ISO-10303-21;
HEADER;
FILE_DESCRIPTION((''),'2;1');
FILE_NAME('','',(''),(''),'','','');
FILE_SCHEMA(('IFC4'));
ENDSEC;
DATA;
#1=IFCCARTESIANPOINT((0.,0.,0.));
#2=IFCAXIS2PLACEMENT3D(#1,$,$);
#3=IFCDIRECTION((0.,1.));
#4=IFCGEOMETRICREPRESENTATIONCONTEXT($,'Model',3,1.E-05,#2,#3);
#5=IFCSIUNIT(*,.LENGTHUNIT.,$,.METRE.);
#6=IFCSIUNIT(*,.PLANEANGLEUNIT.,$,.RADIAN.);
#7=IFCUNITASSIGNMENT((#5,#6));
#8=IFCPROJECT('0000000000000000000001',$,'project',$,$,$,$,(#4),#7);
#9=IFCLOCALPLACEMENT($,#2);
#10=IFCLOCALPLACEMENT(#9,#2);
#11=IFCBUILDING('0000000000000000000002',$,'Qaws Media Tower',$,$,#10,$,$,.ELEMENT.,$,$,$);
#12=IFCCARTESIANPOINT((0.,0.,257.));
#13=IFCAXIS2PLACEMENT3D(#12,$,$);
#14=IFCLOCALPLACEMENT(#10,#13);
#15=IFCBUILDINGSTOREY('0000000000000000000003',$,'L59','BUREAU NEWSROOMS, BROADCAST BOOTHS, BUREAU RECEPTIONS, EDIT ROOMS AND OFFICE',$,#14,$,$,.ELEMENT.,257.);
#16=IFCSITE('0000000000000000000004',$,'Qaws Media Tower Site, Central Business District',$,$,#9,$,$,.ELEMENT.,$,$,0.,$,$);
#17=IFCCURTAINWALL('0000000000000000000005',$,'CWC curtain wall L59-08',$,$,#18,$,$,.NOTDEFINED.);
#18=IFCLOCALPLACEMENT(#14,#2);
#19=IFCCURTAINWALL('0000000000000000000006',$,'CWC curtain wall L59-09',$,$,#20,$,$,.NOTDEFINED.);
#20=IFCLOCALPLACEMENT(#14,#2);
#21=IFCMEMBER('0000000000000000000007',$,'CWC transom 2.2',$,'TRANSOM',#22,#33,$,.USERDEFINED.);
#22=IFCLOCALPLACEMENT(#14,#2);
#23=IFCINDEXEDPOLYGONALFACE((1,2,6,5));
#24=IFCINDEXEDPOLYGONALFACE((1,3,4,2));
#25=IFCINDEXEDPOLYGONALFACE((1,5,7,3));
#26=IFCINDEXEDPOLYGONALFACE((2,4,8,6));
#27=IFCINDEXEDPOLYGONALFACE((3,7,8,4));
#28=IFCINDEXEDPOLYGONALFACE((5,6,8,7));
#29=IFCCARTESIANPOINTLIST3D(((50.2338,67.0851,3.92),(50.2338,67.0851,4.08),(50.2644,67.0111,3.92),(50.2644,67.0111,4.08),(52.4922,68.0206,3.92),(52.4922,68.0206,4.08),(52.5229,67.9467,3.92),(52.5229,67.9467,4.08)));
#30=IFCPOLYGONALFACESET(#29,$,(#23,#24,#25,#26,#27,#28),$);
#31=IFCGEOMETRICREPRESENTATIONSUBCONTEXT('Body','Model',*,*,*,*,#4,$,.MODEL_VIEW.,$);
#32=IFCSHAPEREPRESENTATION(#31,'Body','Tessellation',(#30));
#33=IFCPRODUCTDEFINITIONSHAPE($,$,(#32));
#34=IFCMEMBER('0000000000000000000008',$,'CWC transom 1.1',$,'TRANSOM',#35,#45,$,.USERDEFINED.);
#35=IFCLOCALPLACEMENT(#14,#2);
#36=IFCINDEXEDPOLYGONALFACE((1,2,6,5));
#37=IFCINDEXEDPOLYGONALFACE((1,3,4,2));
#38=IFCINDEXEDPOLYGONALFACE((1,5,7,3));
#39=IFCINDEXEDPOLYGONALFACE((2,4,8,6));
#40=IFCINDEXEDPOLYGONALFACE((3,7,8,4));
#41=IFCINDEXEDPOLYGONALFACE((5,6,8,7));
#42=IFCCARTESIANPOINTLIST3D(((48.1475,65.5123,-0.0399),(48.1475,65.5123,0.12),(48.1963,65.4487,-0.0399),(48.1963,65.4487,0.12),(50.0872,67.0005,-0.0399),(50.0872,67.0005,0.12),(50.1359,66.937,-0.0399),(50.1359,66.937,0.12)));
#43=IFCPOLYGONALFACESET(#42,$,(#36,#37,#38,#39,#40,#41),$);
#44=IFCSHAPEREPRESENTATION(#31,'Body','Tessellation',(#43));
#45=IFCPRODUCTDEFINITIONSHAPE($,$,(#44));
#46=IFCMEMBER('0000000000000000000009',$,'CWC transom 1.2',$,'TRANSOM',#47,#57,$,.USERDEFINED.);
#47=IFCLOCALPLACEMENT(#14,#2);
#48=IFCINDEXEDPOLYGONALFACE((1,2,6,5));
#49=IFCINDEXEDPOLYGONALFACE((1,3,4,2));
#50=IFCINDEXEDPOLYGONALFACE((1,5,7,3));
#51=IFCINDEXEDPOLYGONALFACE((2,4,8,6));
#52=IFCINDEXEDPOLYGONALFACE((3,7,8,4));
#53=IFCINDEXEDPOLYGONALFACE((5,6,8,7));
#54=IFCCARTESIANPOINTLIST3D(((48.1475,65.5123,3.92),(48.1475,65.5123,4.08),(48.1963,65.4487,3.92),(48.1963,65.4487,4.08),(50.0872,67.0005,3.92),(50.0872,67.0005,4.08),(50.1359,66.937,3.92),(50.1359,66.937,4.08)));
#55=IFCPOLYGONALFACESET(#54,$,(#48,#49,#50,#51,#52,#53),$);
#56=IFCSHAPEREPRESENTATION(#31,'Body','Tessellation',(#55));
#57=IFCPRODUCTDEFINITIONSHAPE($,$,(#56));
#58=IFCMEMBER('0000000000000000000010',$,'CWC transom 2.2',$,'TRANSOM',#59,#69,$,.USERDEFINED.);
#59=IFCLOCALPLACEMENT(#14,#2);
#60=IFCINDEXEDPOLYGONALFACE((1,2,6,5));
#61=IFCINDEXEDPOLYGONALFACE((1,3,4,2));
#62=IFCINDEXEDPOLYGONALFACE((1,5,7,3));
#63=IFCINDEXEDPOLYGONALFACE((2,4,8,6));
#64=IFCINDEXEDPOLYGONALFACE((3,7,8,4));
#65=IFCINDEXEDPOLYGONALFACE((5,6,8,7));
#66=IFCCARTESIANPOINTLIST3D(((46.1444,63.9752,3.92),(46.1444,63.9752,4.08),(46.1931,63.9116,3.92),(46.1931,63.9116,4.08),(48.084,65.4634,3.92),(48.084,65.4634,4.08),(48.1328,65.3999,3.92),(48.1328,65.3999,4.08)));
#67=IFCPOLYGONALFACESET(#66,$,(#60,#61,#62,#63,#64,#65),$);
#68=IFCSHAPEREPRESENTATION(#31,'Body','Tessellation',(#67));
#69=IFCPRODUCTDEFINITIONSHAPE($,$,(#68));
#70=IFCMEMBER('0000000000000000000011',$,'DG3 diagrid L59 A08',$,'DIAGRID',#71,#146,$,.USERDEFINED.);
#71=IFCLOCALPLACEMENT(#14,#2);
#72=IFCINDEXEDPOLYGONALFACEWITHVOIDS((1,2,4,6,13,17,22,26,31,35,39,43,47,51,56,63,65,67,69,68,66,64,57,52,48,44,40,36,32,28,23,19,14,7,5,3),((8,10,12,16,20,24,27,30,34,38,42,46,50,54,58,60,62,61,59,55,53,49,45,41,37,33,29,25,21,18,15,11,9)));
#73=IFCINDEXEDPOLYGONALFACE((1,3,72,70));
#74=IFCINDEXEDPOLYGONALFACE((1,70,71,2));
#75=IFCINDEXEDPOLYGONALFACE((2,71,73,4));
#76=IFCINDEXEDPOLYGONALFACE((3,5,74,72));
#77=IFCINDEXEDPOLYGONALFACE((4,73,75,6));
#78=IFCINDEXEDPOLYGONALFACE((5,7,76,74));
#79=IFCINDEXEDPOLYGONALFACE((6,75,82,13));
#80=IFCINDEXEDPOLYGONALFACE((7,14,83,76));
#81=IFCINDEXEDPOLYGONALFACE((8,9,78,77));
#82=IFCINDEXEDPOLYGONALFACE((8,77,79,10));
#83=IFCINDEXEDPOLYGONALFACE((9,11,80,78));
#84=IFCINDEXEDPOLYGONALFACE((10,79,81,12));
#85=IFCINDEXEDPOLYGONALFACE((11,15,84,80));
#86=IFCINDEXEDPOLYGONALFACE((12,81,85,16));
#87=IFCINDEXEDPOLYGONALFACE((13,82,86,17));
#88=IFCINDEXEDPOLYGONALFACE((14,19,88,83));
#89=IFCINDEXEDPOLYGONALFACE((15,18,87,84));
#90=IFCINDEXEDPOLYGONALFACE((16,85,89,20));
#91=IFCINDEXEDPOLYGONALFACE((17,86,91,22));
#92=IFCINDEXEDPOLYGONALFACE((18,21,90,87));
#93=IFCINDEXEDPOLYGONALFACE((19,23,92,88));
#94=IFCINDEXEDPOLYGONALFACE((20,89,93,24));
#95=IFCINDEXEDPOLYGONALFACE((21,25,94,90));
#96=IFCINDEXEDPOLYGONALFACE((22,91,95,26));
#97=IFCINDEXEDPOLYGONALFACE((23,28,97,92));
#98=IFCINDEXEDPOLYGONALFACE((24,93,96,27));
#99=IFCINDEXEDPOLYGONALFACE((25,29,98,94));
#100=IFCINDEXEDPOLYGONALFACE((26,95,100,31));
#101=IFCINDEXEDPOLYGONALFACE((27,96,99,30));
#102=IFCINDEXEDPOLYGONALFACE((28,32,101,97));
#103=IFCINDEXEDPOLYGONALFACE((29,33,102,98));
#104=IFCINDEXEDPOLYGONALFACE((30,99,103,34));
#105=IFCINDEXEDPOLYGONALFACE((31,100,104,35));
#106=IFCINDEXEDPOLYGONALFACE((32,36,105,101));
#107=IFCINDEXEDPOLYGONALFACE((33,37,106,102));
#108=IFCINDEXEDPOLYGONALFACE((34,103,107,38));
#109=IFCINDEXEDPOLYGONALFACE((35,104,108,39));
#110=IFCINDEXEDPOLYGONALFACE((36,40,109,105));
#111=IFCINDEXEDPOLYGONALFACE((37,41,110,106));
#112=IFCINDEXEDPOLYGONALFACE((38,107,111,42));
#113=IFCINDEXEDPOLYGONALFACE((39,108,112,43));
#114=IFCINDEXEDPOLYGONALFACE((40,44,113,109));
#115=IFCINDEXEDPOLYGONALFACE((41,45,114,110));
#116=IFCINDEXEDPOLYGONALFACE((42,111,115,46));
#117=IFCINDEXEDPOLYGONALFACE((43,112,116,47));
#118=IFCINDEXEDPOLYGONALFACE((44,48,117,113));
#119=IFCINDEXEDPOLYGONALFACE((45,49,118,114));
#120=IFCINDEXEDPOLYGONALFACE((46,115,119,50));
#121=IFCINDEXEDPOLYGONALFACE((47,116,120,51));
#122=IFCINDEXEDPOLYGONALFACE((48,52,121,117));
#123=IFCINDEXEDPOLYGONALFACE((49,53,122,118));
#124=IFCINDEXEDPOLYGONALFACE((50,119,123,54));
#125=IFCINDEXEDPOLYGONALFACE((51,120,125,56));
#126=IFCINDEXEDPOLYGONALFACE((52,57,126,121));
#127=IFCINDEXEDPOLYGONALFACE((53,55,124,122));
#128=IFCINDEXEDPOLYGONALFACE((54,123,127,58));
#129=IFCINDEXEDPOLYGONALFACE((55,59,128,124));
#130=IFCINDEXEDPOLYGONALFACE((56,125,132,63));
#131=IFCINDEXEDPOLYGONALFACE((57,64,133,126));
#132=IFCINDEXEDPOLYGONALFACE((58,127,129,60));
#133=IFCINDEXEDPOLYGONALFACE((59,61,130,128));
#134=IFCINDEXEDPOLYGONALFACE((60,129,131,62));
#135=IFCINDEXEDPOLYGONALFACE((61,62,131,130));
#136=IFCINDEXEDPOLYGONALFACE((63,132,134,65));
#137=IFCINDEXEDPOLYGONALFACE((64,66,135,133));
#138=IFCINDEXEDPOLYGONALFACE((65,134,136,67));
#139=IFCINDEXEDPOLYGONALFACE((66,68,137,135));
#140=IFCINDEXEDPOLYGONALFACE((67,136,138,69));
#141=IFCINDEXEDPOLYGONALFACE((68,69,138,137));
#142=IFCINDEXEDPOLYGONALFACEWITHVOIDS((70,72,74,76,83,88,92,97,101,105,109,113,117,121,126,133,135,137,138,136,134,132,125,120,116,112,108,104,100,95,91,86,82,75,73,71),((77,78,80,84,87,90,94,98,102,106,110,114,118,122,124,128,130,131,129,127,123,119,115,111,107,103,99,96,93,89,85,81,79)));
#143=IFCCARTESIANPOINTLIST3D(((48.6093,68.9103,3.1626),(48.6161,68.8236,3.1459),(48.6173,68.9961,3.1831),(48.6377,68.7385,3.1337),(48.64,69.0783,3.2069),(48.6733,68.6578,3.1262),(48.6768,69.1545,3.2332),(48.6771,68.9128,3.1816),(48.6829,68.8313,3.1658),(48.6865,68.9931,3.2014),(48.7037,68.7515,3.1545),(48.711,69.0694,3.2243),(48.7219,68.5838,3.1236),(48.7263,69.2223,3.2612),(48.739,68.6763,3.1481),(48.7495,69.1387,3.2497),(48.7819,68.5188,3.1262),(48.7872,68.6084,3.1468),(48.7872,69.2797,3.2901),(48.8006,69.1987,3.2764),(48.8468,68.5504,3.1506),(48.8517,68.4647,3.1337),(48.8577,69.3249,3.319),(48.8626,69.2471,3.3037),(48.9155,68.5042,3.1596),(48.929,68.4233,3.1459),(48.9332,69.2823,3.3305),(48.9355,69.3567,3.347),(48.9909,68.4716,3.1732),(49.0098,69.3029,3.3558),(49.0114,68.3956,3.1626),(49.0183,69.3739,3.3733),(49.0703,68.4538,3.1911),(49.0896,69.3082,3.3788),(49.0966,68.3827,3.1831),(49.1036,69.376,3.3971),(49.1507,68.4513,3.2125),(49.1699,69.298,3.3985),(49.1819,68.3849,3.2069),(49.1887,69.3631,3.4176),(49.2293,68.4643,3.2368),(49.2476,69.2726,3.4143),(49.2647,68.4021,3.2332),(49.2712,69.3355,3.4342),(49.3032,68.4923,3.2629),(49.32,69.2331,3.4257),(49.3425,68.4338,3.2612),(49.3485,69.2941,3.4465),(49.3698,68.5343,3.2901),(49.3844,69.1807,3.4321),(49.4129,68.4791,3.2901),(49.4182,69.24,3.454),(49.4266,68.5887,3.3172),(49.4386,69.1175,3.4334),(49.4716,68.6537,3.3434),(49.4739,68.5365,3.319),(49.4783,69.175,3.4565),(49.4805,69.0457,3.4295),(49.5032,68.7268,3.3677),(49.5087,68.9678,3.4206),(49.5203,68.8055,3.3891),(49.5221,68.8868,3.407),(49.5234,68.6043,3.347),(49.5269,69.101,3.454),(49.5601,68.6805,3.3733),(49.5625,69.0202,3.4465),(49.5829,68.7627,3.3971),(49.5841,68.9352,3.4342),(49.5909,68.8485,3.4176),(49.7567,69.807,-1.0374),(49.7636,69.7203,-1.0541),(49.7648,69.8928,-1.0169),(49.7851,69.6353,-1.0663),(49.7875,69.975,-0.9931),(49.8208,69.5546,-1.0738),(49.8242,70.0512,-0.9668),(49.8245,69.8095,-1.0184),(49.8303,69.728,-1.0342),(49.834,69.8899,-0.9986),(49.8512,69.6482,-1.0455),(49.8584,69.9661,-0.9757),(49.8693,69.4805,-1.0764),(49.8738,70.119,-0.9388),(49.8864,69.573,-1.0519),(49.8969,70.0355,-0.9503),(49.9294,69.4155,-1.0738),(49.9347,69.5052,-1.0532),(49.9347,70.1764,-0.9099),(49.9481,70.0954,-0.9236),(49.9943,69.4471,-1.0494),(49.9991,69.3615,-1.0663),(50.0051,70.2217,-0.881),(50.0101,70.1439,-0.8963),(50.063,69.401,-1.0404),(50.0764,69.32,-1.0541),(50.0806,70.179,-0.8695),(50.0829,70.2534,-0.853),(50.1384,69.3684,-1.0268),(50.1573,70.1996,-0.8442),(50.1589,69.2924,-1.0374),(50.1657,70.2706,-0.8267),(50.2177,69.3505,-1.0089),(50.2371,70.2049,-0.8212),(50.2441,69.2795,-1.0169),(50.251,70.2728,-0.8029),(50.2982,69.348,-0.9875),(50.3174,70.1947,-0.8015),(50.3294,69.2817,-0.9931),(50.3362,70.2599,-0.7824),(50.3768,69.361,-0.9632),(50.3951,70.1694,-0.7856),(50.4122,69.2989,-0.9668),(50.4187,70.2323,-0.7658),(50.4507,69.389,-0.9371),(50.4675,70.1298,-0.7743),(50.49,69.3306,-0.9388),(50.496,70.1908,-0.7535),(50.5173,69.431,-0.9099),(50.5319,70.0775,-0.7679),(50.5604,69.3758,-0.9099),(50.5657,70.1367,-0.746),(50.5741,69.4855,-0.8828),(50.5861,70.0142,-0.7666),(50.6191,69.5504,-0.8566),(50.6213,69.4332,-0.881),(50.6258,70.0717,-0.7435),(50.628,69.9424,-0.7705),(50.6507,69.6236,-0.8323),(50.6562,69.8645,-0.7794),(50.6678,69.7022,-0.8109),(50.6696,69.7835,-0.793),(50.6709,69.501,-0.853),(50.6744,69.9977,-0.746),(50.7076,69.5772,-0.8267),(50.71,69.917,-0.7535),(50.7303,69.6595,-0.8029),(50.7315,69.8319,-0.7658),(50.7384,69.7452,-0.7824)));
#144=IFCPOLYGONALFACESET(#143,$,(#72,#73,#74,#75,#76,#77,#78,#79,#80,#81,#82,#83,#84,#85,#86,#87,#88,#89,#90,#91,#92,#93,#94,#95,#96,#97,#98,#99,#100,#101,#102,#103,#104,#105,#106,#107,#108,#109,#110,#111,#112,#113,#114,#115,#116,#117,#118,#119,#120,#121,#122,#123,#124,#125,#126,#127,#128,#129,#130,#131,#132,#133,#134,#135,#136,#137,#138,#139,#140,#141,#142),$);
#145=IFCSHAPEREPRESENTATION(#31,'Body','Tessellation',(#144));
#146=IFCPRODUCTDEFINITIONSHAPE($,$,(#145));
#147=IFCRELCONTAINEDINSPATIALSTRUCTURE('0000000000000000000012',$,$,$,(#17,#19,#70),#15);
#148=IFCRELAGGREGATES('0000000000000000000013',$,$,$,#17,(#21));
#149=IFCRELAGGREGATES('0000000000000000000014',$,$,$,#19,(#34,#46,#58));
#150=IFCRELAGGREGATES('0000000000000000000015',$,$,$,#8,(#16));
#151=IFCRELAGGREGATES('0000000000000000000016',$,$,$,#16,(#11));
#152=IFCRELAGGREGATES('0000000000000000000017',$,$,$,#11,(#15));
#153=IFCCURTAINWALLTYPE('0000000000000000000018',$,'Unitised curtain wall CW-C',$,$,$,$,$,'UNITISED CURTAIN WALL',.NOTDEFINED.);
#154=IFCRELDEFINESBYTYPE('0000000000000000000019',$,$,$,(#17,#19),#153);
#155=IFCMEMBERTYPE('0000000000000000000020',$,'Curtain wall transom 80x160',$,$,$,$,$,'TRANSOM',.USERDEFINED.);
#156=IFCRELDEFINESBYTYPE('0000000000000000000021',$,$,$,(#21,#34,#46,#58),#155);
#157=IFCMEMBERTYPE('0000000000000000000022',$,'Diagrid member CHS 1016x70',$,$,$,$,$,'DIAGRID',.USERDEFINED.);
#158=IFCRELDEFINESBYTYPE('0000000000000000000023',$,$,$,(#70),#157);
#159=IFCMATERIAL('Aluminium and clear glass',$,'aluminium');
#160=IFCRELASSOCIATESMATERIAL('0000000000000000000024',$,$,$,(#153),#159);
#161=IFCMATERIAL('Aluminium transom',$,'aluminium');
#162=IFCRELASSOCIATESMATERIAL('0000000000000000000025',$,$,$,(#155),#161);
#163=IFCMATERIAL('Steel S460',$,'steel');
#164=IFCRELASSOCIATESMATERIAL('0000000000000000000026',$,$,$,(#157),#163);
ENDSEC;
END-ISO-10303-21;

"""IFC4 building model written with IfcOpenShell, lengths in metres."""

from ifc_helpers import new_model, si_unit, direction, frame, origin, origin_2d, place, context, subcontext, project, spatial, rectangle, hollow_circle, extrude, material, material_profile, profile_set, type_object, element, aggregate, save


model = new_model("IFC4")

# Units and contexts
model_context = context("Model", 3, precision=1e-05, world=origin(), true_north=direction((0.0, 1.0)))
body_context = subcontext(model_context, "Body", "Model", "MODEL_VIEW")
ifc_project = project(units=[si_unit("LENGTHUNIT", "METRE"), si_unit("PLANEANGLEUNIT", "RADIAN")], contexts=[model_context])

# Site, building, storey
site_placement = place(None, origin())
site = spatial("IfcSite", under=ifc_project, at=site_placement, Name="Qaws Media Tower Site, Central Business District", CompositionType="ELEMENT", RefElevation=0.0)
building_placement = place(site_placement, origin())
building = spatial("IfcBuilding", under=site, at=building_placement, Name="Qaws Media Tower", CompositionType="ELEMENT")
storey_placement = place(building_placement, frame((0.0, 0.0, 257.0)))
storey = spatial("IfcBuildingStorey", under=building, at=storey_placement, Name="L59", Description="BUREAU NEWSROOMS, BROADCAST BOOTHS, BUREAU RECEPTIONS, EDIT ROOMS AND OFFICE", CompositionType="ELEMENT", Elevation=257.0)

# Curtain walls
ifc_material_1 = material(Name="Aluminium and clear glass", Category="aluminium")
curtain_wall_type = type_object("IfcCurtainWallType", Name="Unitised curtain wall CW-C", ElementType="UNITISED CURTAIN WALL", PredefinedType="NOTDEFINED", material=ifc_material_1)
curtain_wall_1_placement = place(storey_placement, origin())
curtain_wall_1 = element("IfcCurtainWall", 1, at=curtain_wall_1_placement, inside=storey, type_object=curtain_wall_type, Name="CWC curtain wall L59-08", PredefinedType="NOTDEFINED")
curtain_wall_2_placement = place(storey_placement, origin())
curtain_wall_2 = element("IfcCurtainWall", 2, at=curtain_wall_2_placement, inside=storey, type_object=curtain_wall_type, Name="CWC curtain wall L59-09", PredefinedType="NOTDEFINED")

# Members
ifc_material_2 = material(Name="Aluminium transom", Category="aluminium")
ifc_material_profile_1 = material_profile(ifc_material_2, rectangle(XDim=0.0801, YDim=0.1599, at=origin_2d()), Name="80x160")
ifc_profile_set_1 = profile_set([ifc_material_profile_1], Name="Aluminium transom")
member_type_1 = type_object("IfcMemberType", Name="Curtain wall transom 80x160", ElementType="TRANSOM", PredefinedType="USERDEFINED", material=ifc_profile_set_1)
member_1_placement = place(storey_placement, frame((52.5076, 67.9836, 4.0), z_axis=(-0.923876, -0.382693, 0.0), x_axis=(0.382693, -0.923876, 0.0)))
member_1 = element("IfcMember", 3, at=member_1_placement, type_object=member_type_1, Name="CWC transom 2.2", ObjectType="TRANSOM", PredefinedType="USERDEFINED", context=body_context, shape_type="SweptSolid", body=[
    extrude(rectangle(XDim=0.0801, YDim=0.1599, at=origin_2d()), origin(), (0.0, 0.0, 1.0), 2.4446),
])
member_2_placement = place(storey_placement, frame((50.1116, 66.9688, 0.04), z_axis=(-0.793373, -0.608735, 0.0), x_axis=(0.608735, -0.793373, 0.0)))
member_2 = element("IfcMember", 4, at=member_2_placement, type_object=member_type_1, Name="CWC transom 1.1", ObjectType="TRANSOM", PredefinedType="USERDEFINED", context=body_context, shape_type="SweptSolid", body=[
    extrude(rectangle(XDim=0.0801, YDim=0.1599, at=origin_2d()), origin(), (0.0, 0.0, 1.0), 2.4448),
])
member_3_placement = place(storey_placement, frame((50.1116, 66.9688, 4.0), z_axis=(-0.793373, -0.608735, 0.0), x_axis=(0.608735, -0.793373, 0.0)))
member_3 = element("IfcMember", 5, at=member_3_placement, type_object=member_type_1, Name="CWC transom 1.2", ObjectType="TRANSOM", PredefinedType="USERDEFINED", context=body_context, shape_type="SweptSolid", body=[
    extrude(rectangle(XDim=0.0801, YDim=0.1599, at=origin_2d()), origin(), (0.0, 0.0, 1.0), 2.4448),
])
member_4_placement = place(storey_placement, frame((48.1084, 65.4316, 4.0), z_axis=(-0.793373, -0.608735, 0.0), x_axis=(0.608735, -0.793373, 0.0)))
member_4 = element("IfcMember", 6, at=member_4_placement, type_object=member_type_1, Name="CWC transom 2.2", ObjectType="TRANSOM", PredefinedType="USERDEFINED", context=body_context, shape_type="SweptSolid", body=[
    extrude(rectangle(XDim=0.0801, YDim=0.1599, at=origin_2d()), origin(), (0.0, 0.0, 1.0), 2.4448),
])

# Member
ifc_material_3 = material(Name="Steel S460", Category="steel")
ifc_material_profile_2 = material_profile(ifc_material_3, hollow_circle(Radius=0.5081, WallThickness=0.0701, at=origin_2d()), Name="CHS 1016x70")
ifc_profile_set_2 = profile_set([ifc_material_profile_2], Name="Steel S460")
member_type_2 = type_object("IfcMemberType", Name="Diagrid member CHS 1016x70", ElementType="DIAGRID", PredefinedType="USERDEFINED", material=ifc_profile_set_2)
for number, where, z_axis, x_axis, name in (
    (7, (50.2476, 69.7761, -0.9099), (-0.258131, -0.201727, 0.944815), (0.615761, -0.787933, 0.0), "DG3 diagrid L59 A08"),
):
    element("IfcMember", number, at=place(storey_placement, frame(where, z_axis=z_axis, x_axis=x_axis)), inside=storey, type_object=member_type_2, Name=name, ObjectType="DIAGRID", PredefinedType="USERDEFINED", context=body_context, shape_type="SweptSolid", body=[
        extrude(hollow_circle(Radius=0.5081, WallThickness=0.0701, at=origin_2d()), origin(), (0.0, 0.0, 1.0), 4.4453),
    ])

aggregate(curtain_wall_1, [member_1])
aggregate(curtain_wall_2, [member_2, member_3, member_4])

save(model, "model.ifc")
